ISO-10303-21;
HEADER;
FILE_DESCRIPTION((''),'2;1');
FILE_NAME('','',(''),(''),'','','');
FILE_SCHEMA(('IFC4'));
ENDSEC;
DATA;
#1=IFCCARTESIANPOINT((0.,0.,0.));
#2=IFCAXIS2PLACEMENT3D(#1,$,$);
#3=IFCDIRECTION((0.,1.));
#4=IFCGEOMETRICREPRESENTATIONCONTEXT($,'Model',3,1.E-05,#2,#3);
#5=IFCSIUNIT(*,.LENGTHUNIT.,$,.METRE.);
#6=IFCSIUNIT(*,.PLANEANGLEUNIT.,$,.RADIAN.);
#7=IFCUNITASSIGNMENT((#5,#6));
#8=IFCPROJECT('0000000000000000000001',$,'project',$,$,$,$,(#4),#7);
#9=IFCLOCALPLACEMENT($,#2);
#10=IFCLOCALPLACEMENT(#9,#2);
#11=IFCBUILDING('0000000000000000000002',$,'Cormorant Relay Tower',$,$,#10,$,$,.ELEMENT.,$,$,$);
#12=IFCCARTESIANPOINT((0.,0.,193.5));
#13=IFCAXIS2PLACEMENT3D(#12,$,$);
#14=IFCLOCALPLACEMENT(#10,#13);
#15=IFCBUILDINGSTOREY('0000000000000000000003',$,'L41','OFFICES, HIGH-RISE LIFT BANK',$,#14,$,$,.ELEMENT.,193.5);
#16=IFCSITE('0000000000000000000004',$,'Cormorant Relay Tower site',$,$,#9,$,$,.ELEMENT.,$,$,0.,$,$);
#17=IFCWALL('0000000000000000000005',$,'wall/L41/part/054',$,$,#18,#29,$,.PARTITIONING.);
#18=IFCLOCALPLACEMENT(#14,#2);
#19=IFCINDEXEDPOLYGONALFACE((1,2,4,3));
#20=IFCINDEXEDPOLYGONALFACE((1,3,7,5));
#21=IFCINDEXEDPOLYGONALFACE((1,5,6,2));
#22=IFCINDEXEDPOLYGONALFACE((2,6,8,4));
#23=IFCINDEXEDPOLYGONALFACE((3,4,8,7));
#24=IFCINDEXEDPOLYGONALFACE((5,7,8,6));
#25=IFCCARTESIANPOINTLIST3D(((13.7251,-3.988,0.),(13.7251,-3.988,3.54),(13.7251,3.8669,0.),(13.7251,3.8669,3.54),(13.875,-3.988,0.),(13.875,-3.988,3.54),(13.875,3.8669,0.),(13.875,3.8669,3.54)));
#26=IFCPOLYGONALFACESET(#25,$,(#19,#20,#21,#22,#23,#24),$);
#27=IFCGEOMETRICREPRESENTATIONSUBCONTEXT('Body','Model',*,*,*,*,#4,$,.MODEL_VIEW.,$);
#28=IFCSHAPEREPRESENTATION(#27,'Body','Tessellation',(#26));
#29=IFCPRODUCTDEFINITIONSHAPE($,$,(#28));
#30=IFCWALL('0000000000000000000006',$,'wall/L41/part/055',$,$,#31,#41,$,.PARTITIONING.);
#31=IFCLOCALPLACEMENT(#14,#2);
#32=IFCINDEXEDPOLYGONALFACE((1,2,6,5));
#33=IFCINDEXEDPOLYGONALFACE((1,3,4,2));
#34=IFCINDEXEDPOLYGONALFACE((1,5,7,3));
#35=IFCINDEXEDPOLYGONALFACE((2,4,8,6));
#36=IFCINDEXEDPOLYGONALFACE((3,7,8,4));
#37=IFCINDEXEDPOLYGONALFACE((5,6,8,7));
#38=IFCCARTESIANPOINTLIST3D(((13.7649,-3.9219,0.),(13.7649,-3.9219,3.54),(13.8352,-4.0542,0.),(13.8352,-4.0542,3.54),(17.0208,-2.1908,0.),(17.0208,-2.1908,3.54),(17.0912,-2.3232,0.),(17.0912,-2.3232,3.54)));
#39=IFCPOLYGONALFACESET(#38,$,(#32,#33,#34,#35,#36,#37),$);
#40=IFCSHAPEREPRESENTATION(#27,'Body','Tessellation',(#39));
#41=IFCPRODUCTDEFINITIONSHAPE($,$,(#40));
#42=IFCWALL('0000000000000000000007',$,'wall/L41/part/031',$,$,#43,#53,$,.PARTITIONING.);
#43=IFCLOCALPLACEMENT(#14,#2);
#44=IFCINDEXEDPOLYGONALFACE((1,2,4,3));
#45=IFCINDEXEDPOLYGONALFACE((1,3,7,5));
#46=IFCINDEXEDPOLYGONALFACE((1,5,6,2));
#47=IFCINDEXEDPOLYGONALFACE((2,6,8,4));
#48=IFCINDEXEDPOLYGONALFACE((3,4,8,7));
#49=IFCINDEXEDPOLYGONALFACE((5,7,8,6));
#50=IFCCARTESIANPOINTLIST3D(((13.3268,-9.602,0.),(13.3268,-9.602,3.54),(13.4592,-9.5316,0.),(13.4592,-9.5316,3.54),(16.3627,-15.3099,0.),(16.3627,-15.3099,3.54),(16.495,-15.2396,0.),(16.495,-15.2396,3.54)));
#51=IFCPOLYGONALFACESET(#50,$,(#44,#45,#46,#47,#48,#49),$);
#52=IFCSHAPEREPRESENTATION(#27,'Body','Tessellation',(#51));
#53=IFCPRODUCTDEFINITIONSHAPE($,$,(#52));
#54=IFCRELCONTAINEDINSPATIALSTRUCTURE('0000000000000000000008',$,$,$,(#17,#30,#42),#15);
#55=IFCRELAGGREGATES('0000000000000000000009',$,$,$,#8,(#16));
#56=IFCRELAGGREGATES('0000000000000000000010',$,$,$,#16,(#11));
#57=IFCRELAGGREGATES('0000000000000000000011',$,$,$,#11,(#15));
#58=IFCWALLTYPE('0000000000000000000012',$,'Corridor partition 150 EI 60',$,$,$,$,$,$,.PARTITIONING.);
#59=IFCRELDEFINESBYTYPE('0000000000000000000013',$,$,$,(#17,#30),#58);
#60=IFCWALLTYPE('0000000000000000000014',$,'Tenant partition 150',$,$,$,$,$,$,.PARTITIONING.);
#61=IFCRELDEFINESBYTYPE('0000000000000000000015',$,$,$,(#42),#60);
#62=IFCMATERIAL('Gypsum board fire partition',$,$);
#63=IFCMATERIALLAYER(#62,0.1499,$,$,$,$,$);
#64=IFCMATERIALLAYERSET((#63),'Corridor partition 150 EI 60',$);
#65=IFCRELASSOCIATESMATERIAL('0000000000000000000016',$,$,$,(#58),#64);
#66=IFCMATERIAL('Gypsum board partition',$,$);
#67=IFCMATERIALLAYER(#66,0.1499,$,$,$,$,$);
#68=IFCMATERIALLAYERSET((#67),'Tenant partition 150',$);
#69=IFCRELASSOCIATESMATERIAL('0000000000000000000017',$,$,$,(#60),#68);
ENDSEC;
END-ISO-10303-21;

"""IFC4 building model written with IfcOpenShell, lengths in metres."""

from ifc_helpers import new_model, si_unit, direction, frame, frame_2d, origin, place, context, subcontext, project, spatial, rectangle, extrude, material, layer, layer_set, type_object, element, save


model = new_model("IFC4")

# Units and contexts
model_context = context("Model", 3, precision=1e-05, world=origin(), true_north=direction((0.0, 1.0)))
body_context = subcontext(model_context, "Body", "Model", "MODEL_VIEW")
ifc_project = project(units=[si_unit("LENGTHUNIT", "METRE"), si_unit("PLANEANGLEUNIT", "RADIAN")], contexts=[model_context])

# Site, building, storey
site_placement = place(None, origin())
site = spatial("IfcSite", under=ifc_project, at=site_placement, Name="Cormorant Relay Tower site", CompositionType="ELEMENT", RefElevation=0.0)
building_placement = place(site_placement, origin())
building = spatial("IfcBuilding", under=site, at=building_placement, Name="Cormorant Relay Tower", CompositionType="ELEMENT")
storey_placement = place(building_placement, frame((0.0, 0.0, 193.5)))
storey = spatial("IfcBuildingStorey", under=building, at=storey_placement, Name="L41", Description="OFFICES, HIGH-RISE LIFT BANK", CompositionType="ELEMENT", Elevation=193.5)

# Shared definitions
ifc_material_1 = material(Name="Gypsum board fire partition")
ifc_layer_1 = layer(ifc_material_1, 0.1499)
ifc_layer_set_1 = layer_set([ifc_layer_1], Name="Corridor partition 150 EI 60")
wall_type_1 = type_object("IfcWallType", Name="Corridor partition 150 EI 60", PredefinedType="PARTITIONING", material=ifc_layer_set_1)

# Walls
wall_1_placement = place(storey_placement, frame((13.8, 3.8669, 0.0), z_axis=(0.0, 0.0, 1.0), x_axis=(0.0, -1.0, 0.0)))
element("IfcWall", 1, at=wall_1_placement, inside=storey, type_object=wall_type_1, Name="wall/L41/part/054", PredefinedType="PARTITIONING", context=body_context, shape_type="SweptSolid", body=[
    extrude(rectangle(XDim=7.855, YDim=0.1499, at=frame_2d((3.9275, 0.0))), origin(), (0.0, 0.0, 1.0), 3.54),
])
wall_2_placement = place(storey_placement, frame((13.8, -3.988, 0.0), z_axis=(0.0, 0.0, 1.0), x_axis=(0.882972, 0.469426, 0.0)))
element("IfcWall", 2, at=wall_2_placement, inside=storey, type_object=wall_type_1, Name="wall/L41/part/055", PredefinedType="PARTITIONING", context=body_context, shape_type="SweptSolid", body=[
    extrude(rectangle(XDim=3.6875, YDim=0.1499, at=frame_2d((1.8438, 0.0))), origin(), (0.0, 0.0, 1.0), 3.54),
])
ifc_material_2 = material(Name="Gypsum board partition")
ifc_layer_2 = layer(ifc_material_2, 0.1499)
ifc_layer_set_2 = layer_set([ifc_layer_2], Name="Tenant partition 150")
wall_type_2 = type_object("IfcWallType", Name="Tenant partition 150", PredefinedType="PARTITIONING", material=ifc_layer_set_2)
wall_3_placement = place(storey_placement, frame((13.3931, -9.5669, 0.0), z_axis=(0.0, 0.0, 1.0), x_axis=(0.469579, -0.882891, 0.0)))
element("IfcWall", 3, at=wall_3_placement, inside=storey, type_object=wall_type_2, Name="wall/L41/part/031", PredefinedType="PARTITIONING", context=body_context, shape_type="SweptSolid", body=[
    extrude(rectangle(XDim=6.4651, YDim=0.1499, at=frame_2d((3.2324, 0.0))), origin(), (0.0, 0.0, 1.0), 3.54),
])

save(model, "model.ifc")
